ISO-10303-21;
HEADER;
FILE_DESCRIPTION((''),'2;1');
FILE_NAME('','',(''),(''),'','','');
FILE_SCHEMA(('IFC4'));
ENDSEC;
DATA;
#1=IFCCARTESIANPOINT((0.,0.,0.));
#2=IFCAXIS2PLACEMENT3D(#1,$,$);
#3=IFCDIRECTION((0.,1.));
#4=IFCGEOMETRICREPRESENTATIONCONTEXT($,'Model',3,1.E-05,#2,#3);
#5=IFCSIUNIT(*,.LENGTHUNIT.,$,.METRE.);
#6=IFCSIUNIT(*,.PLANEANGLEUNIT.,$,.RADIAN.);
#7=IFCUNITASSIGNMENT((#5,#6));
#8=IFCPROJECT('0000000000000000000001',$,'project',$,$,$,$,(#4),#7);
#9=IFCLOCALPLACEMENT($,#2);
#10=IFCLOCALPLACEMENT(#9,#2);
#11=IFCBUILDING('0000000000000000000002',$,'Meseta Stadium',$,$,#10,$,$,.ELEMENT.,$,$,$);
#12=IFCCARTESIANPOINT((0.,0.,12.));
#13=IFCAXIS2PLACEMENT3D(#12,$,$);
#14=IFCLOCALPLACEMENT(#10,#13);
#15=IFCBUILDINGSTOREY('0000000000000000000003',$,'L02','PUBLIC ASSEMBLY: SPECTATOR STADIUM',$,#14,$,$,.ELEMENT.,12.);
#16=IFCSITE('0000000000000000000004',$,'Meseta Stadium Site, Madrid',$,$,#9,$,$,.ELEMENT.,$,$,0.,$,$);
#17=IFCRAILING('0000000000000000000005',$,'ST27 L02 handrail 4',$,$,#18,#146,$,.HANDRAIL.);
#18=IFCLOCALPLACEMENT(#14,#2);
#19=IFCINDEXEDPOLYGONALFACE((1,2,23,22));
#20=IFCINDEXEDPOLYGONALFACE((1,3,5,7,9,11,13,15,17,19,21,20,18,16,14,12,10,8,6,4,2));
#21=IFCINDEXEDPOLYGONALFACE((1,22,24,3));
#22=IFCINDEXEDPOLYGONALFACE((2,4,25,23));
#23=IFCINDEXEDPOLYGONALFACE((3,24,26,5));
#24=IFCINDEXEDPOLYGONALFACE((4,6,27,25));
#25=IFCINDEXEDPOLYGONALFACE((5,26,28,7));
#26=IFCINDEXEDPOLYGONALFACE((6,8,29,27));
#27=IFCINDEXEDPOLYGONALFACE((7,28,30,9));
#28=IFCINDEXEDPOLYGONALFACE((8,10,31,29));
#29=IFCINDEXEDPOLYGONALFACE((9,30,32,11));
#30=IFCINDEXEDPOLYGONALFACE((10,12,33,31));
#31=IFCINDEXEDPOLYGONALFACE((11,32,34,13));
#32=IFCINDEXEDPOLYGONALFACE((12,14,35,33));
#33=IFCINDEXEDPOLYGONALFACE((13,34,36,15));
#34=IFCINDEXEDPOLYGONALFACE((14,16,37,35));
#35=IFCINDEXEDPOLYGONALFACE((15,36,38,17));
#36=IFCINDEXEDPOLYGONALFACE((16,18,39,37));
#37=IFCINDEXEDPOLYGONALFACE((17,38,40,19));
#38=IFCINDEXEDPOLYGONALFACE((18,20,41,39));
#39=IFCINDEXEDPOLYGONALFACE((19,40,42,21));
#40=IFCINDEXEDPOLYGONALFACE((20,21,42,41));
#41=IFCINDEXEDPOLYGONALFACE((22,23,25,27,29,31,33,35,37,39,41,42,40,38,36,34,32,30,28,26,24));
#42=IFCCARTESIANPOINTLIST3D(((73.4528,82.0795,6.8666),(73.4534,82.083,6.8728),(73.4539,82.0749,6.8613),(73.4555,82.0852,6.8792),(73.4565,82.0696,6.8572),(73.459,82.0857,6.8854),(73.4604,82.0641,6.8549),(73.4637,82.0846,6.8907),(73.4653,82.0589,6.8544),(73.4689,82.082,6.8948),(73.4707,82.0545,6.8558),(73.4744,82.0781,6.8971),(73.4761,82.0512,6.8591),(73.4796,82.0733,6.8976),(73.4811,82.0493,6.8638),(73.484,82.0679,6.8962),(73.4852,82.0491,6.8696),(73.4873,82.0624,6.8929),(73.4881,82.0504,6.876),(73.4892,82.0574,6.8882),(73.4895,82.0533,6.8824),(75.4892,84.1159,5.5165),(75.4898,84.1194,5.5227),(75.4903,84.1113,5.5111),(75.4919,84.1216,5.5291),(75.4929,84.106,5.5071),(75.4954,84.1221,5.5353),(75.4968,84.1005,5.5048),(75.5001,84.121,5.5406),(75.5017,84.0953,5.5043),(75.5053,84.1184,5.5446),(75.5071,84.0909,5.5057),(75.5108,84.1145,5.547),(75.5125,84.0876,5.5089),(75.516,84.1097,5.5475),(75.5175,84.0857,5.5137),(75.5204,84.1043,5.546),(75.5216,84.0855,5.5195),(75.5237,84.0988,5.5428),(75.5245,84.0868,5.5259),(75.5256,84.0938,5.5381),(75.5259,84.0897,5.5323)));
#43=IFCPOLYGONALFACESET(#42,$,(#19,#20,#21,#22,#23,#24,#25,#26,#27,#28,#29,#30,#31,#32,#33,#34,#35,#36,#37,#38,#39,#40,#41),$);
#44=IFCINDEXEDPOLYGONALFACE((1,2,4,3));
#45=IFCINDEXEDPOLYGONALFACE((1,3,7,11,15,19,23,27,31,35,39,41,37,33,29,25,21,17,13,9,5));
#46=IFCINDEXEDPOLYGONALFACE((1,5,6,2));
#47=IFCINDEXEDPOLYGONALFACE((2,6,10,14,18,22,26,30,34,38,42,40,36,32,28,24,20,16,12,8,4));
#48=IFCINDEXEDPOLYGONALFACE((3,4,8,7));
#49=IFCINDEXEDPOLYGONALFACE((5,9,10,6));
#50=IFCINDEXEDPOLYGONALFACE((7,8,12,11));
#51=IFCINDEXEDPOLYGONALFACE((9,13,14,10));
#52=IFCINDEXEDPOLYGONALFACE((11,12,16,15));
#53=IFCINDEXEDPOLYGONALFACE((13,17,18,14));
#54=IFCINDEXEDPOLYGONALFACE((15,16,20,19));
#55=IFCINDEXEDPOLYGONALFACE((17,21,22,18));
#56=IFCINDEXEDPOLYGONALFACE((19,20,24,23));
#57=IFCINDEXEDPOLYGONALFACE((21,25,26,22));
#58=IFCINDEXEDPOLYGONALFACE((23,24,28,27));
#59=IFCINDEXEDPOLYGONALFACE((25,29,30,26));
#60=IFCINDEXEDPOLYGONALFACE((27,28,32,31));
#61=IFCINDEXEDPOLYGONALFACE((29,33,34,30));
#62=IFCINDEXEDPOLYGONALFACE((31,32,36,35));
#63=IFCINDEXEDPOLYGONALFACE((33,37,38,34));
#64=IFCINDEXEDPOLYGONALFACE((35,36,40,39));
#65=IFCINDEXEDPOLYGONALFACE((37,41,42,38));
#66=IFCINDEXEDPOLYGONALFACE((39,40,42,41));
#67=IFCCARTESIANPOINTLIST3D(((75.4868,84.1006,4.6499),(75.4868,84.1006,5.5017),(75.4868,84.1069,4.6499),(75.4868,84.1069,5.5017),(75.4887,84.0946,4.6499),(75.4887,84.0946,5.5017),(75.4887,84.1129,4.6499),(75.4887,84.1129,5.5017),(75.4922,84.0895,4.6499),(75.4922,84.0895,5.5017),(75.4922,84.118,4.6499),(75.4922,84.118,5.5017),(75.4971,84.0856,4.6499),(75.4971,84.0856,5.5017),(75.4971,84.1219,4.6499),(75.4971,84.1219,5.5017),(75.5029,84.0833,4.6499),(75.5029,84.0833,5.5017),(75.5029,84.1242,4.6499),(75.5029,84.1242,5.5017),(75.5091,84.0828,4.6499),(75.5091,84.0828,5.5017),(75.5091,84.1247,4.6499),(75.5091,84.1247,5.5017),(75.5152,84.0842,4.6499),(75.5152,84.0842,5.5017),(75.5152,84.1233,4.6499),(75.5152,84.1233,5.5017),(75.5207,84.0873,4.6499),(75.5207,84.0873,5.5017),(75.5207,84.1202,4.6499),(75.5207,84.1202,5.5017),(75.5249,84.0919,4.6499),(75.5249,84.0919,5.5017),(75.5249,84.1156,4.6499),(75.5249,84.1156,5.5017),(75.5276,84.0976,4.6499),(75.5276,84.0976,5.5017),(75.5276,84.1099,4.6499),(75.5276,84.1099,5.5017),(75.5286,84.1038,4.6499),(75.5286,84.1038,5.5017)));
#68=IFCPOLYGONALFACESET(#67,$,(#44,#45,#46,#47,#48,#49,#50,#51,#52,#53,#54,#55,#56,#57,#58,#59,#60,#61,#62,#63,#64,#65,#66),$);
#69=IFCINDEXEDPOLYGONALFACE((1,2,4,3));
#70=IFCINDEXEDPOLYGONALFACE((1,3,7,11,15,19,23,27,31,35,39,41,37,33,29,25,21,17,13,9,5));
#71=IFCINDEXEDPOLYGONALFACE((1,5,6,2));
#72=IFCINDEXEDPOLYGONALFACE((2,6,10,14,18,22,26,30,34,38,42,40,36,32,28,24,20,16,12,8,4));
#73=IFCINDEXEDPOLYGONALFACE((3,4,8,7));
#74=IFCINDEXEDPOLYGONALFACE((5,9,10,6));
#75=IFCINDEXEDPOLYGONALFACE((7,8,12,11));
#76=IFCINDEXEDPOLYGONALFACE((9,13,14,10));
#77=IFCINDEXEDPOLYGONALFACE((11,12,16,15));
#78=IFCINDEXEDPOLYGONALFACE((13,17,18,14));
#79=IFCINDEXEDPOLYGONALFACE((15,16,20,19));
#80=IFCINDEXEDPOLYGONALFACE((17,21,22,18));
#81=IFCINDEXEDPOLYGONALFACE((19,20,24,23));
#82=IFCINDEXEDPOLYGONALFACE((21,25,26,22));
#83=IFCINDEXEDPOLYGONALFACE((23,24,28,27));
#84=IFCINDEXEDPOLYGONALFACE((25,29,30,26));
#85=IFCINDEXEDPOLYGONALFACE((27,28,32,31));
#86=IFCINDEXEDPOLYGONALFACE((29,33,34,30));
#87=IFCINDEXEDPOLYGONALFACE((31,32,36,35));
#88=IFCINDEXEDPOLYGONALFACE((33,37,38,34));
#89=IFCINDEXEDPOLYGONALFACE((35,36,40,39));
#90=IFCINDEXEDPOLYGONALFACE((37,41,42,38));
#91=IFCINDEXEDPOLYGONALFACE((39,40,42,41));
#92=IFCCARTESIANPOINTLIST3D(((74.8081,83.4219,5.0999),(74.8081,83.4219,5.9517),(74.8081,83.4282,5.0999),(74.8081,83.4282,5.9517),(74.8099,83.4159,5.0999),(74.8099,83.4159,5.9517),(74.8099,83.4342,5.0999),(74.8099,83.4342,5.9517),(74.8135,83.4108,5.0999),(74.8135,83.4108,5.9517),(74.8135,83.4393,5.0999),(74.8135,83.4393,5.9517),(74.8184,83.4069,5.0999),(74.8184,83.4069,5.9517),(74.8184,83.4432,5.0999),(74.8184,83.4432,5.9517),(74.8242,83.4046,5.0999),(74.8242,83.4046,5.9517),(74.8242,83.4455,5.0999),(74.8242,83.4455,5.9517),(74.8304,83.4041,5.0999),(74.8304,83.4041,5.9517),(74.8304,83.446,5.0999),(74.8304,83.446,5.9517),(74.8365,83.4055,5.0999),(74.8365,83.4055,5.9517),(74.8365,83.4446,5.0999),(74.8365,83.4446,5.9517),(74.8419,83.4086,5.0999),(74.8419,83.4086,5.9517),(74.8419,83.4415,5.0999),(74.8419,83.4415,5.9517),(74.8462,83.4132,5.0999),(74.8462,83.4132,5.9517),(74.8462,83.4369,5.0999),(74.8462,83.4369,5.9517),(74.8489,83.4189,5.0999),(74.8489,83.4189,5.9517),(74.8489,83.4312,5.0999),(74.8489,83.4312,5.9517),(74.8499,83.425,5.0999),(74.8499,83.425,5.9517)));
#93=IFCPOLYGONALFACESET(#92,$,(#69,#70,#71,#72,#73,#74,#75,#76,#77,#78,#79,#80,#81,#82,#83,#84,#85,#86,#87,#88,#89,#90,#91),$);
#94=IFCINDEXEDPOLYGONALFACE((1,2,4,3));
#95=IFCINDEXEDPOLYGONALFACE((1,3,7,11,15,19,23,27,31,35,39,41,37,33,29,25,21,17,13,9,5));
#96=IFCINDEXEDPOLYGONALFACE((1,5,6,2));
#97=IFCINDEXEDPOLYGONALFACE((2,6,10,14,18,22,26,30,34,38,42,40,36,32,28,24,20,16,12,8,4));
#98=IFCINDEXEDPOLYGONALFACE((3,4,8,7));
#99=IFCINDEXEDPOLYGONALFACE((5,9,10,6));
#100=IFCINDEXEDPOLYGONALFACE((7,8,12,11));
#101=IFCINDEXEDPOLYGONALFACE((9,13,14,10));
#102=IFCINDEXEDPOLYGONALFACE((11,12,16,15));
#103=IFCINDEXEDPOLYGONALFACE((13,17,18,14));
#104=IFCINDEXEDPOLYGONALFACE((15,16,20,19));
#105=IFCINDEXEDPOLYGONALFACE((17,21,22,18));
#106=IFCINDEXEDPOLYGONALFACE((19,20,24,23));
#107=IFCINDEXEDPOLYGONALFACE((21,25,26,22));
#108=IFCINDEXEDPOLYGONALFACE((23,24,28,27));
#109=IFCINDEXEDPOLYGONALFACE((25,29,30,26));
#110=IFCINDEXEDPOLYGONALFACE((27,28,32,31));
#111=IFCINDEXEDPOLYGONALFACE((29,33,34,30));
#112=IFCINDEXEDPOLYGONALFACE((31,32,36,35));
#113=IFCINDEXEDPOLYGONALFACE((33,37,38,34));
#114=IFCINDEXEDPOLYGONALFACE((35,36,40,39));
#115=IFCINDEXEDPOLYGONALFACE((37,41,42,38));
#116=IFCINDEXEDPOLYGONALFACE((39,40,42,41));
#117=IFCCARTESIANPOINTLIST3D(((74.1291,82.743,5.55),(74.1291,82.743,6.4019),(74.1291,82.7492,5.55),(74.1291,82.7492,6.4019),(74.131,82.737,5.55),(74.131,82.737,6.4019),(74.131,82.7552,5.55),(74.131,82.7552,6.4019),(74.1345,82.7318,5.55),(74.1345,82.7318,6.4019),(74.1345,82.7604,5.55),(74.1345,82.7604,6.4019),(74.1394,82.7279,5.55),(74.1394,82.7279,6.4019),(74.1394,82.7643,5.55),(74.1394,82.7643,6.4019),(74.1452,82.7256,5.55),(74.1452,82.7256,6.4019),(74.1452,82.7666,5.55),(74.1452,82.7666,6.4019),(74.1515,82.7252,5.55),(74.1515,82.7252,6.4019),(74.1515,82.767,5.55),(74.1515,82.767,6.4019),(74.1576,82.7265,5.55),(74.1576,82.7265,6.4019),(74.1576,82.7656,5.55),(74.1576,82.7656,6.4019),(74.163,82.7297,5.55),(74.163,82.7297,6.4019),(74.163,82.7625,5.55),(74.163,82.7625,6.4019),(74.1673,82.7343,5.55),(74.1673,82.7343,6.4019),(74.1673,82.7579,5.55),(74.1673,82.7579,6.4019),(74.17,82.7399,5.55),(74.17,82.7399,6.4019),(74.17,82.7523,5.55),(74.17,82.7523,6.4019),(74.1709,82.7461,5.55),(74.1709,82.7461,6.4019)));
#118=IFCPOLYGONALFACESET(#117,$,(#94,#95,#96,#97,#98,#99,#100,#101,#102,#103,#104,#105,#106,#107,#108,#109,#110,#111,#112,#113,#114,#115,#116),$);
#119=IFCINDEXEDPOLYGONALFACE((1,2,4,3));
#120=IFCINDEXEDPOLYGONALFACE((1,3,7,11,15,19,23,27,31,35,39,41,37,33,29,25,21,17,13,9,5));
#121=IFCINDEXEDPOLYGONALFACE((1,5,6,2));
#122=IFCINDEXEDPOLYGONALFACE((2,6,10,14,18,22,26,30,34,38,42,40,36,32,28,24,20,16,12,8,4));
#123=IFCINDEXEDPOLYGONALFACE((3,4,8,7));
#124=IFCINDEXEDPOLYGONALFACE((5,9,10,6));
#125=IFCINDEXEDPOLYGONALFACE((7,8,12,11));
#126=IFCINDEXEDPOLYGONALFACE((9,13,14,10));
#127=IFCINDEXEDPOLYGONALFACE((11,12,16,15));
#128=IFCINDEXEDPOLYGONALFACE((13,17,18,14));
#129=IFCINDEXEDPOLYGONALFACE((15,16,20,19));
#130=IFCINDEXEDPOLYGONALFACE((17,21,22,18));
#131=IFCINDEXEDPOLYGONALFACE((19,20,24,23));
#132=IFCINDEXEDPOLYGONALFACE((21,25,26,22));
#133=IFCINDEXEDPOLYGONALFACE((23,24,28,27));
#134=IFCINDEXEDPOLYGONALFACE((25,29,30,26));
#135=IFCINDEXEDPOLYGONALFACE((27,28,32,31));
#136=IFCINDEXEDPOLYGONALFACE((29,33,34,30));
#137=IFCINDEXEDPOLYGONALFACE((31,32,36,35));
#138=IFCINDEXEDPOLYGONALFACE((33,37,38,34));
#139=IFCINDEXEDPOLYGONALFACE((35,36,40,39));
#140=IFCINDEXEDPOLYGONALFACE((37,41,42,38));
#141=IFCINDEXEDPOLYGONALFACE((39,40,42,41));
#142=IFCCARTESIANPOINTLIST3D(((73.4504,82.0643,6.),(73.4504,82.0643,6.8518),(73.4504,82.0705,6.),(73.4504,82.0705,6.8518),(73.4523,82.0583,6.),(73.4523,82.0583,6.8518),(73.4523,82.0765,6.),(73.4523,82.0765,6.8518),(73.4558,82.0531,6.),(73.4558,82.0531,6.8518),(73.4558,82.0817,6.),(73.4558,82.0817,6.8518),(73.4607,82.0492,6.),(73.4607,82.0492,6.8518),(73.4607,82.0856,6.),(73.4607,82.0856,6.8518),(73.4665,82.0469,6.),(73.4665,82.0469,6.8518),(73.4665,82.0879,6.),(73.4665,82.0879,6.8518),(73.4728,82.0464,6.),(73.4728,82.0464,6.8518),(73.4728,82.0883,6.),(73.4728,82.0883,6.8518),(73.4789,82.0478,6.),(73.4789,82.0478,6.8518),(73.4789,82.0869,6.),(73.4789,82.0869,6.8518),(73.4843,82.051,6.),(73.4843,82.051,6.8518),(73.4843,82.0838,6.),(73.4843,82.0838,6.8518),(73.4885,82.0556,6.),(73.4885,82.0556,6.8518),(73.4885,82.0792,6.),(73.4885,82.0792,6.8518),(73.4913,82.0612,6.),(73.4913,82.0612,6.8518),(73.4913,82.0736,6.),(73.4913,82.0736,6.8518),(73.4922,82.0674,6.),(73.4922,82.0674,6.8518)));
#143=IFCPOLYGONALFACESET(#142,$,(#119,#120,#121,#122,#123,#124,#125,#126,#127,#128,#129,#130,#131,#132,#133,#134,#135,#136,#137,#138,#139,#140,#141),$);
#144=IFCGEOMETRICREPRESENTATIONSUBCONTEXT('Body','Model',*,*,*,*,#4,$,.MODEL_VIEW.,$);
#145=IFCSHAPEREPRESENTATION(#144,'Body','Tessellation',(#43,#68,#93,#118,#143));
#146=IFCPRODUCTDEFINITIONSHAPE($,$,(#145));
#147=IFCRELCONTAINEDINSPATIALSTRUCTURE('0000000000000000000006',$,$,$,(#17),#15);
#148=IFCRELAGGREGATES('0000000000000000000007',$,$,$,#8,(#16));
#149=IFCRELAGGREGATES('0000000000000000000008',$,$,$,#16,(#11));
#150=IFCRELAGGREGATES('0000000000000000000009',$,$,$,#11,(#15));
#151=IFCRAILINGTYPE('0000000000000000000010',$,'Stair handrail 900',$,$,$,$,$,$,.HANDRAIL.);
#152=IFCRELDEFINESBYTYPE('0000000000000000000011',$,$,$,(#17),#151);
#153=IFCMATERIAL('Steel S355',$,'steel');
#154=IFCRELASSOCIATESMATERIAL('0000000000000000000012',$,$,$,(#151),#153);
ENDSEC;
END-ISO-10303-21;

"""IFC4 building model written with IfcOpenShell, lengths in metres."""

from ifc_helpers import new_model, si_unit, direction, frame, origin, origin_2d, place, context, subcontext, project, spatial, circle, extrude, material, type_object, element, save


model = new_model("IFC4")

# Units and contexts
model_context = context("Model", 3, precision=1e-05, world=origin(), true_north=direction((0.0, 1.0)))
body_context = subcontext(model_context, "Body", "Model", "MODEL_VIEW")
ifc_project = project(units=[si_unit("LENGTHUNIT", "METRE"), si_unit("PLANEANGLEUNIT", "RADIAN")], contexts=[model_context])

# Site, building, storey
site_placement = place(None, origin())
site = spatial("IfcSite", under=ifc_project, at=site_placement, Name="Meseta Stadium Site, Madrid", CompositionType="ELEMENT", RefElevation=0.0)
building_placement = place(site_placement, origin())
building = spatial("IfcBuilding", under=site, at=building_placement, Name="Meseta Stadium", CompositionType="ELEMENT")
storey_placement = place(building_placement, frame((0.0, 0.0, 12.0)))
storey = spatial("IfcBuildingStorey", under=building, at=storey_placement, Name="L02", Description="PUBLIC ASSEMBLY: SPECTATOR STADIUM", CompositionType="ELEMENT", Elevation=12.0)

# Railing
ifc_material_1 = material(Name="Steel S355", Category="steel")
railing_type_1 = type_object("IfcRailingType", Name="Stair handrail 900", PredefinedType="HANDRAIL", material=ifc_material_1)
for number, where, name in (
    (1, (75.5076, 84.1038, 4.6499), "ST27 L02 handrail 4"),
):
    element("IfcRailing", number, at=place(storey_placement, frame(where)), inside=storey, type_object=railing_type_1, Name=name, PredefinedType="HANDRAIL", context=body_context, shape_type="SweptSolid", body=[
        extrude(circle(Radius=0.0239, at=origin_2d()), frame((0.0, 0.0, 0.876), z_axis=(-0.640243, -0.640243, 0.424475), x_axis=(0.707107, -0.707107, 0.0)), (0.0, 0.0, 1.0), 3.1807),
        extrude(circle(Radius=0.021, at=origin_2d()), origin(), (0.0, 0.0, 1.0), 0.8518),
        extrude(circle(Radius=0.021, at=origin_2d()), frame((-0.6787, -0.6787, 0.45)), (0.0, 0.0, 1.0), 0.8518),
        extrude(circle(Radius=0.021, at=origin_2d()), frame((-1.3577, -1.3577, 0.9001)), (0.0, 0.0, 1.0), 0.8518),
        extrude(circle(Radius=0.021, at=origin_2d()), frame((-2.0364, -2.0364, 1.3501)), (0.0, 0.0, 1.0), 0.8518),
    ])

save(model, "model.ifc")
